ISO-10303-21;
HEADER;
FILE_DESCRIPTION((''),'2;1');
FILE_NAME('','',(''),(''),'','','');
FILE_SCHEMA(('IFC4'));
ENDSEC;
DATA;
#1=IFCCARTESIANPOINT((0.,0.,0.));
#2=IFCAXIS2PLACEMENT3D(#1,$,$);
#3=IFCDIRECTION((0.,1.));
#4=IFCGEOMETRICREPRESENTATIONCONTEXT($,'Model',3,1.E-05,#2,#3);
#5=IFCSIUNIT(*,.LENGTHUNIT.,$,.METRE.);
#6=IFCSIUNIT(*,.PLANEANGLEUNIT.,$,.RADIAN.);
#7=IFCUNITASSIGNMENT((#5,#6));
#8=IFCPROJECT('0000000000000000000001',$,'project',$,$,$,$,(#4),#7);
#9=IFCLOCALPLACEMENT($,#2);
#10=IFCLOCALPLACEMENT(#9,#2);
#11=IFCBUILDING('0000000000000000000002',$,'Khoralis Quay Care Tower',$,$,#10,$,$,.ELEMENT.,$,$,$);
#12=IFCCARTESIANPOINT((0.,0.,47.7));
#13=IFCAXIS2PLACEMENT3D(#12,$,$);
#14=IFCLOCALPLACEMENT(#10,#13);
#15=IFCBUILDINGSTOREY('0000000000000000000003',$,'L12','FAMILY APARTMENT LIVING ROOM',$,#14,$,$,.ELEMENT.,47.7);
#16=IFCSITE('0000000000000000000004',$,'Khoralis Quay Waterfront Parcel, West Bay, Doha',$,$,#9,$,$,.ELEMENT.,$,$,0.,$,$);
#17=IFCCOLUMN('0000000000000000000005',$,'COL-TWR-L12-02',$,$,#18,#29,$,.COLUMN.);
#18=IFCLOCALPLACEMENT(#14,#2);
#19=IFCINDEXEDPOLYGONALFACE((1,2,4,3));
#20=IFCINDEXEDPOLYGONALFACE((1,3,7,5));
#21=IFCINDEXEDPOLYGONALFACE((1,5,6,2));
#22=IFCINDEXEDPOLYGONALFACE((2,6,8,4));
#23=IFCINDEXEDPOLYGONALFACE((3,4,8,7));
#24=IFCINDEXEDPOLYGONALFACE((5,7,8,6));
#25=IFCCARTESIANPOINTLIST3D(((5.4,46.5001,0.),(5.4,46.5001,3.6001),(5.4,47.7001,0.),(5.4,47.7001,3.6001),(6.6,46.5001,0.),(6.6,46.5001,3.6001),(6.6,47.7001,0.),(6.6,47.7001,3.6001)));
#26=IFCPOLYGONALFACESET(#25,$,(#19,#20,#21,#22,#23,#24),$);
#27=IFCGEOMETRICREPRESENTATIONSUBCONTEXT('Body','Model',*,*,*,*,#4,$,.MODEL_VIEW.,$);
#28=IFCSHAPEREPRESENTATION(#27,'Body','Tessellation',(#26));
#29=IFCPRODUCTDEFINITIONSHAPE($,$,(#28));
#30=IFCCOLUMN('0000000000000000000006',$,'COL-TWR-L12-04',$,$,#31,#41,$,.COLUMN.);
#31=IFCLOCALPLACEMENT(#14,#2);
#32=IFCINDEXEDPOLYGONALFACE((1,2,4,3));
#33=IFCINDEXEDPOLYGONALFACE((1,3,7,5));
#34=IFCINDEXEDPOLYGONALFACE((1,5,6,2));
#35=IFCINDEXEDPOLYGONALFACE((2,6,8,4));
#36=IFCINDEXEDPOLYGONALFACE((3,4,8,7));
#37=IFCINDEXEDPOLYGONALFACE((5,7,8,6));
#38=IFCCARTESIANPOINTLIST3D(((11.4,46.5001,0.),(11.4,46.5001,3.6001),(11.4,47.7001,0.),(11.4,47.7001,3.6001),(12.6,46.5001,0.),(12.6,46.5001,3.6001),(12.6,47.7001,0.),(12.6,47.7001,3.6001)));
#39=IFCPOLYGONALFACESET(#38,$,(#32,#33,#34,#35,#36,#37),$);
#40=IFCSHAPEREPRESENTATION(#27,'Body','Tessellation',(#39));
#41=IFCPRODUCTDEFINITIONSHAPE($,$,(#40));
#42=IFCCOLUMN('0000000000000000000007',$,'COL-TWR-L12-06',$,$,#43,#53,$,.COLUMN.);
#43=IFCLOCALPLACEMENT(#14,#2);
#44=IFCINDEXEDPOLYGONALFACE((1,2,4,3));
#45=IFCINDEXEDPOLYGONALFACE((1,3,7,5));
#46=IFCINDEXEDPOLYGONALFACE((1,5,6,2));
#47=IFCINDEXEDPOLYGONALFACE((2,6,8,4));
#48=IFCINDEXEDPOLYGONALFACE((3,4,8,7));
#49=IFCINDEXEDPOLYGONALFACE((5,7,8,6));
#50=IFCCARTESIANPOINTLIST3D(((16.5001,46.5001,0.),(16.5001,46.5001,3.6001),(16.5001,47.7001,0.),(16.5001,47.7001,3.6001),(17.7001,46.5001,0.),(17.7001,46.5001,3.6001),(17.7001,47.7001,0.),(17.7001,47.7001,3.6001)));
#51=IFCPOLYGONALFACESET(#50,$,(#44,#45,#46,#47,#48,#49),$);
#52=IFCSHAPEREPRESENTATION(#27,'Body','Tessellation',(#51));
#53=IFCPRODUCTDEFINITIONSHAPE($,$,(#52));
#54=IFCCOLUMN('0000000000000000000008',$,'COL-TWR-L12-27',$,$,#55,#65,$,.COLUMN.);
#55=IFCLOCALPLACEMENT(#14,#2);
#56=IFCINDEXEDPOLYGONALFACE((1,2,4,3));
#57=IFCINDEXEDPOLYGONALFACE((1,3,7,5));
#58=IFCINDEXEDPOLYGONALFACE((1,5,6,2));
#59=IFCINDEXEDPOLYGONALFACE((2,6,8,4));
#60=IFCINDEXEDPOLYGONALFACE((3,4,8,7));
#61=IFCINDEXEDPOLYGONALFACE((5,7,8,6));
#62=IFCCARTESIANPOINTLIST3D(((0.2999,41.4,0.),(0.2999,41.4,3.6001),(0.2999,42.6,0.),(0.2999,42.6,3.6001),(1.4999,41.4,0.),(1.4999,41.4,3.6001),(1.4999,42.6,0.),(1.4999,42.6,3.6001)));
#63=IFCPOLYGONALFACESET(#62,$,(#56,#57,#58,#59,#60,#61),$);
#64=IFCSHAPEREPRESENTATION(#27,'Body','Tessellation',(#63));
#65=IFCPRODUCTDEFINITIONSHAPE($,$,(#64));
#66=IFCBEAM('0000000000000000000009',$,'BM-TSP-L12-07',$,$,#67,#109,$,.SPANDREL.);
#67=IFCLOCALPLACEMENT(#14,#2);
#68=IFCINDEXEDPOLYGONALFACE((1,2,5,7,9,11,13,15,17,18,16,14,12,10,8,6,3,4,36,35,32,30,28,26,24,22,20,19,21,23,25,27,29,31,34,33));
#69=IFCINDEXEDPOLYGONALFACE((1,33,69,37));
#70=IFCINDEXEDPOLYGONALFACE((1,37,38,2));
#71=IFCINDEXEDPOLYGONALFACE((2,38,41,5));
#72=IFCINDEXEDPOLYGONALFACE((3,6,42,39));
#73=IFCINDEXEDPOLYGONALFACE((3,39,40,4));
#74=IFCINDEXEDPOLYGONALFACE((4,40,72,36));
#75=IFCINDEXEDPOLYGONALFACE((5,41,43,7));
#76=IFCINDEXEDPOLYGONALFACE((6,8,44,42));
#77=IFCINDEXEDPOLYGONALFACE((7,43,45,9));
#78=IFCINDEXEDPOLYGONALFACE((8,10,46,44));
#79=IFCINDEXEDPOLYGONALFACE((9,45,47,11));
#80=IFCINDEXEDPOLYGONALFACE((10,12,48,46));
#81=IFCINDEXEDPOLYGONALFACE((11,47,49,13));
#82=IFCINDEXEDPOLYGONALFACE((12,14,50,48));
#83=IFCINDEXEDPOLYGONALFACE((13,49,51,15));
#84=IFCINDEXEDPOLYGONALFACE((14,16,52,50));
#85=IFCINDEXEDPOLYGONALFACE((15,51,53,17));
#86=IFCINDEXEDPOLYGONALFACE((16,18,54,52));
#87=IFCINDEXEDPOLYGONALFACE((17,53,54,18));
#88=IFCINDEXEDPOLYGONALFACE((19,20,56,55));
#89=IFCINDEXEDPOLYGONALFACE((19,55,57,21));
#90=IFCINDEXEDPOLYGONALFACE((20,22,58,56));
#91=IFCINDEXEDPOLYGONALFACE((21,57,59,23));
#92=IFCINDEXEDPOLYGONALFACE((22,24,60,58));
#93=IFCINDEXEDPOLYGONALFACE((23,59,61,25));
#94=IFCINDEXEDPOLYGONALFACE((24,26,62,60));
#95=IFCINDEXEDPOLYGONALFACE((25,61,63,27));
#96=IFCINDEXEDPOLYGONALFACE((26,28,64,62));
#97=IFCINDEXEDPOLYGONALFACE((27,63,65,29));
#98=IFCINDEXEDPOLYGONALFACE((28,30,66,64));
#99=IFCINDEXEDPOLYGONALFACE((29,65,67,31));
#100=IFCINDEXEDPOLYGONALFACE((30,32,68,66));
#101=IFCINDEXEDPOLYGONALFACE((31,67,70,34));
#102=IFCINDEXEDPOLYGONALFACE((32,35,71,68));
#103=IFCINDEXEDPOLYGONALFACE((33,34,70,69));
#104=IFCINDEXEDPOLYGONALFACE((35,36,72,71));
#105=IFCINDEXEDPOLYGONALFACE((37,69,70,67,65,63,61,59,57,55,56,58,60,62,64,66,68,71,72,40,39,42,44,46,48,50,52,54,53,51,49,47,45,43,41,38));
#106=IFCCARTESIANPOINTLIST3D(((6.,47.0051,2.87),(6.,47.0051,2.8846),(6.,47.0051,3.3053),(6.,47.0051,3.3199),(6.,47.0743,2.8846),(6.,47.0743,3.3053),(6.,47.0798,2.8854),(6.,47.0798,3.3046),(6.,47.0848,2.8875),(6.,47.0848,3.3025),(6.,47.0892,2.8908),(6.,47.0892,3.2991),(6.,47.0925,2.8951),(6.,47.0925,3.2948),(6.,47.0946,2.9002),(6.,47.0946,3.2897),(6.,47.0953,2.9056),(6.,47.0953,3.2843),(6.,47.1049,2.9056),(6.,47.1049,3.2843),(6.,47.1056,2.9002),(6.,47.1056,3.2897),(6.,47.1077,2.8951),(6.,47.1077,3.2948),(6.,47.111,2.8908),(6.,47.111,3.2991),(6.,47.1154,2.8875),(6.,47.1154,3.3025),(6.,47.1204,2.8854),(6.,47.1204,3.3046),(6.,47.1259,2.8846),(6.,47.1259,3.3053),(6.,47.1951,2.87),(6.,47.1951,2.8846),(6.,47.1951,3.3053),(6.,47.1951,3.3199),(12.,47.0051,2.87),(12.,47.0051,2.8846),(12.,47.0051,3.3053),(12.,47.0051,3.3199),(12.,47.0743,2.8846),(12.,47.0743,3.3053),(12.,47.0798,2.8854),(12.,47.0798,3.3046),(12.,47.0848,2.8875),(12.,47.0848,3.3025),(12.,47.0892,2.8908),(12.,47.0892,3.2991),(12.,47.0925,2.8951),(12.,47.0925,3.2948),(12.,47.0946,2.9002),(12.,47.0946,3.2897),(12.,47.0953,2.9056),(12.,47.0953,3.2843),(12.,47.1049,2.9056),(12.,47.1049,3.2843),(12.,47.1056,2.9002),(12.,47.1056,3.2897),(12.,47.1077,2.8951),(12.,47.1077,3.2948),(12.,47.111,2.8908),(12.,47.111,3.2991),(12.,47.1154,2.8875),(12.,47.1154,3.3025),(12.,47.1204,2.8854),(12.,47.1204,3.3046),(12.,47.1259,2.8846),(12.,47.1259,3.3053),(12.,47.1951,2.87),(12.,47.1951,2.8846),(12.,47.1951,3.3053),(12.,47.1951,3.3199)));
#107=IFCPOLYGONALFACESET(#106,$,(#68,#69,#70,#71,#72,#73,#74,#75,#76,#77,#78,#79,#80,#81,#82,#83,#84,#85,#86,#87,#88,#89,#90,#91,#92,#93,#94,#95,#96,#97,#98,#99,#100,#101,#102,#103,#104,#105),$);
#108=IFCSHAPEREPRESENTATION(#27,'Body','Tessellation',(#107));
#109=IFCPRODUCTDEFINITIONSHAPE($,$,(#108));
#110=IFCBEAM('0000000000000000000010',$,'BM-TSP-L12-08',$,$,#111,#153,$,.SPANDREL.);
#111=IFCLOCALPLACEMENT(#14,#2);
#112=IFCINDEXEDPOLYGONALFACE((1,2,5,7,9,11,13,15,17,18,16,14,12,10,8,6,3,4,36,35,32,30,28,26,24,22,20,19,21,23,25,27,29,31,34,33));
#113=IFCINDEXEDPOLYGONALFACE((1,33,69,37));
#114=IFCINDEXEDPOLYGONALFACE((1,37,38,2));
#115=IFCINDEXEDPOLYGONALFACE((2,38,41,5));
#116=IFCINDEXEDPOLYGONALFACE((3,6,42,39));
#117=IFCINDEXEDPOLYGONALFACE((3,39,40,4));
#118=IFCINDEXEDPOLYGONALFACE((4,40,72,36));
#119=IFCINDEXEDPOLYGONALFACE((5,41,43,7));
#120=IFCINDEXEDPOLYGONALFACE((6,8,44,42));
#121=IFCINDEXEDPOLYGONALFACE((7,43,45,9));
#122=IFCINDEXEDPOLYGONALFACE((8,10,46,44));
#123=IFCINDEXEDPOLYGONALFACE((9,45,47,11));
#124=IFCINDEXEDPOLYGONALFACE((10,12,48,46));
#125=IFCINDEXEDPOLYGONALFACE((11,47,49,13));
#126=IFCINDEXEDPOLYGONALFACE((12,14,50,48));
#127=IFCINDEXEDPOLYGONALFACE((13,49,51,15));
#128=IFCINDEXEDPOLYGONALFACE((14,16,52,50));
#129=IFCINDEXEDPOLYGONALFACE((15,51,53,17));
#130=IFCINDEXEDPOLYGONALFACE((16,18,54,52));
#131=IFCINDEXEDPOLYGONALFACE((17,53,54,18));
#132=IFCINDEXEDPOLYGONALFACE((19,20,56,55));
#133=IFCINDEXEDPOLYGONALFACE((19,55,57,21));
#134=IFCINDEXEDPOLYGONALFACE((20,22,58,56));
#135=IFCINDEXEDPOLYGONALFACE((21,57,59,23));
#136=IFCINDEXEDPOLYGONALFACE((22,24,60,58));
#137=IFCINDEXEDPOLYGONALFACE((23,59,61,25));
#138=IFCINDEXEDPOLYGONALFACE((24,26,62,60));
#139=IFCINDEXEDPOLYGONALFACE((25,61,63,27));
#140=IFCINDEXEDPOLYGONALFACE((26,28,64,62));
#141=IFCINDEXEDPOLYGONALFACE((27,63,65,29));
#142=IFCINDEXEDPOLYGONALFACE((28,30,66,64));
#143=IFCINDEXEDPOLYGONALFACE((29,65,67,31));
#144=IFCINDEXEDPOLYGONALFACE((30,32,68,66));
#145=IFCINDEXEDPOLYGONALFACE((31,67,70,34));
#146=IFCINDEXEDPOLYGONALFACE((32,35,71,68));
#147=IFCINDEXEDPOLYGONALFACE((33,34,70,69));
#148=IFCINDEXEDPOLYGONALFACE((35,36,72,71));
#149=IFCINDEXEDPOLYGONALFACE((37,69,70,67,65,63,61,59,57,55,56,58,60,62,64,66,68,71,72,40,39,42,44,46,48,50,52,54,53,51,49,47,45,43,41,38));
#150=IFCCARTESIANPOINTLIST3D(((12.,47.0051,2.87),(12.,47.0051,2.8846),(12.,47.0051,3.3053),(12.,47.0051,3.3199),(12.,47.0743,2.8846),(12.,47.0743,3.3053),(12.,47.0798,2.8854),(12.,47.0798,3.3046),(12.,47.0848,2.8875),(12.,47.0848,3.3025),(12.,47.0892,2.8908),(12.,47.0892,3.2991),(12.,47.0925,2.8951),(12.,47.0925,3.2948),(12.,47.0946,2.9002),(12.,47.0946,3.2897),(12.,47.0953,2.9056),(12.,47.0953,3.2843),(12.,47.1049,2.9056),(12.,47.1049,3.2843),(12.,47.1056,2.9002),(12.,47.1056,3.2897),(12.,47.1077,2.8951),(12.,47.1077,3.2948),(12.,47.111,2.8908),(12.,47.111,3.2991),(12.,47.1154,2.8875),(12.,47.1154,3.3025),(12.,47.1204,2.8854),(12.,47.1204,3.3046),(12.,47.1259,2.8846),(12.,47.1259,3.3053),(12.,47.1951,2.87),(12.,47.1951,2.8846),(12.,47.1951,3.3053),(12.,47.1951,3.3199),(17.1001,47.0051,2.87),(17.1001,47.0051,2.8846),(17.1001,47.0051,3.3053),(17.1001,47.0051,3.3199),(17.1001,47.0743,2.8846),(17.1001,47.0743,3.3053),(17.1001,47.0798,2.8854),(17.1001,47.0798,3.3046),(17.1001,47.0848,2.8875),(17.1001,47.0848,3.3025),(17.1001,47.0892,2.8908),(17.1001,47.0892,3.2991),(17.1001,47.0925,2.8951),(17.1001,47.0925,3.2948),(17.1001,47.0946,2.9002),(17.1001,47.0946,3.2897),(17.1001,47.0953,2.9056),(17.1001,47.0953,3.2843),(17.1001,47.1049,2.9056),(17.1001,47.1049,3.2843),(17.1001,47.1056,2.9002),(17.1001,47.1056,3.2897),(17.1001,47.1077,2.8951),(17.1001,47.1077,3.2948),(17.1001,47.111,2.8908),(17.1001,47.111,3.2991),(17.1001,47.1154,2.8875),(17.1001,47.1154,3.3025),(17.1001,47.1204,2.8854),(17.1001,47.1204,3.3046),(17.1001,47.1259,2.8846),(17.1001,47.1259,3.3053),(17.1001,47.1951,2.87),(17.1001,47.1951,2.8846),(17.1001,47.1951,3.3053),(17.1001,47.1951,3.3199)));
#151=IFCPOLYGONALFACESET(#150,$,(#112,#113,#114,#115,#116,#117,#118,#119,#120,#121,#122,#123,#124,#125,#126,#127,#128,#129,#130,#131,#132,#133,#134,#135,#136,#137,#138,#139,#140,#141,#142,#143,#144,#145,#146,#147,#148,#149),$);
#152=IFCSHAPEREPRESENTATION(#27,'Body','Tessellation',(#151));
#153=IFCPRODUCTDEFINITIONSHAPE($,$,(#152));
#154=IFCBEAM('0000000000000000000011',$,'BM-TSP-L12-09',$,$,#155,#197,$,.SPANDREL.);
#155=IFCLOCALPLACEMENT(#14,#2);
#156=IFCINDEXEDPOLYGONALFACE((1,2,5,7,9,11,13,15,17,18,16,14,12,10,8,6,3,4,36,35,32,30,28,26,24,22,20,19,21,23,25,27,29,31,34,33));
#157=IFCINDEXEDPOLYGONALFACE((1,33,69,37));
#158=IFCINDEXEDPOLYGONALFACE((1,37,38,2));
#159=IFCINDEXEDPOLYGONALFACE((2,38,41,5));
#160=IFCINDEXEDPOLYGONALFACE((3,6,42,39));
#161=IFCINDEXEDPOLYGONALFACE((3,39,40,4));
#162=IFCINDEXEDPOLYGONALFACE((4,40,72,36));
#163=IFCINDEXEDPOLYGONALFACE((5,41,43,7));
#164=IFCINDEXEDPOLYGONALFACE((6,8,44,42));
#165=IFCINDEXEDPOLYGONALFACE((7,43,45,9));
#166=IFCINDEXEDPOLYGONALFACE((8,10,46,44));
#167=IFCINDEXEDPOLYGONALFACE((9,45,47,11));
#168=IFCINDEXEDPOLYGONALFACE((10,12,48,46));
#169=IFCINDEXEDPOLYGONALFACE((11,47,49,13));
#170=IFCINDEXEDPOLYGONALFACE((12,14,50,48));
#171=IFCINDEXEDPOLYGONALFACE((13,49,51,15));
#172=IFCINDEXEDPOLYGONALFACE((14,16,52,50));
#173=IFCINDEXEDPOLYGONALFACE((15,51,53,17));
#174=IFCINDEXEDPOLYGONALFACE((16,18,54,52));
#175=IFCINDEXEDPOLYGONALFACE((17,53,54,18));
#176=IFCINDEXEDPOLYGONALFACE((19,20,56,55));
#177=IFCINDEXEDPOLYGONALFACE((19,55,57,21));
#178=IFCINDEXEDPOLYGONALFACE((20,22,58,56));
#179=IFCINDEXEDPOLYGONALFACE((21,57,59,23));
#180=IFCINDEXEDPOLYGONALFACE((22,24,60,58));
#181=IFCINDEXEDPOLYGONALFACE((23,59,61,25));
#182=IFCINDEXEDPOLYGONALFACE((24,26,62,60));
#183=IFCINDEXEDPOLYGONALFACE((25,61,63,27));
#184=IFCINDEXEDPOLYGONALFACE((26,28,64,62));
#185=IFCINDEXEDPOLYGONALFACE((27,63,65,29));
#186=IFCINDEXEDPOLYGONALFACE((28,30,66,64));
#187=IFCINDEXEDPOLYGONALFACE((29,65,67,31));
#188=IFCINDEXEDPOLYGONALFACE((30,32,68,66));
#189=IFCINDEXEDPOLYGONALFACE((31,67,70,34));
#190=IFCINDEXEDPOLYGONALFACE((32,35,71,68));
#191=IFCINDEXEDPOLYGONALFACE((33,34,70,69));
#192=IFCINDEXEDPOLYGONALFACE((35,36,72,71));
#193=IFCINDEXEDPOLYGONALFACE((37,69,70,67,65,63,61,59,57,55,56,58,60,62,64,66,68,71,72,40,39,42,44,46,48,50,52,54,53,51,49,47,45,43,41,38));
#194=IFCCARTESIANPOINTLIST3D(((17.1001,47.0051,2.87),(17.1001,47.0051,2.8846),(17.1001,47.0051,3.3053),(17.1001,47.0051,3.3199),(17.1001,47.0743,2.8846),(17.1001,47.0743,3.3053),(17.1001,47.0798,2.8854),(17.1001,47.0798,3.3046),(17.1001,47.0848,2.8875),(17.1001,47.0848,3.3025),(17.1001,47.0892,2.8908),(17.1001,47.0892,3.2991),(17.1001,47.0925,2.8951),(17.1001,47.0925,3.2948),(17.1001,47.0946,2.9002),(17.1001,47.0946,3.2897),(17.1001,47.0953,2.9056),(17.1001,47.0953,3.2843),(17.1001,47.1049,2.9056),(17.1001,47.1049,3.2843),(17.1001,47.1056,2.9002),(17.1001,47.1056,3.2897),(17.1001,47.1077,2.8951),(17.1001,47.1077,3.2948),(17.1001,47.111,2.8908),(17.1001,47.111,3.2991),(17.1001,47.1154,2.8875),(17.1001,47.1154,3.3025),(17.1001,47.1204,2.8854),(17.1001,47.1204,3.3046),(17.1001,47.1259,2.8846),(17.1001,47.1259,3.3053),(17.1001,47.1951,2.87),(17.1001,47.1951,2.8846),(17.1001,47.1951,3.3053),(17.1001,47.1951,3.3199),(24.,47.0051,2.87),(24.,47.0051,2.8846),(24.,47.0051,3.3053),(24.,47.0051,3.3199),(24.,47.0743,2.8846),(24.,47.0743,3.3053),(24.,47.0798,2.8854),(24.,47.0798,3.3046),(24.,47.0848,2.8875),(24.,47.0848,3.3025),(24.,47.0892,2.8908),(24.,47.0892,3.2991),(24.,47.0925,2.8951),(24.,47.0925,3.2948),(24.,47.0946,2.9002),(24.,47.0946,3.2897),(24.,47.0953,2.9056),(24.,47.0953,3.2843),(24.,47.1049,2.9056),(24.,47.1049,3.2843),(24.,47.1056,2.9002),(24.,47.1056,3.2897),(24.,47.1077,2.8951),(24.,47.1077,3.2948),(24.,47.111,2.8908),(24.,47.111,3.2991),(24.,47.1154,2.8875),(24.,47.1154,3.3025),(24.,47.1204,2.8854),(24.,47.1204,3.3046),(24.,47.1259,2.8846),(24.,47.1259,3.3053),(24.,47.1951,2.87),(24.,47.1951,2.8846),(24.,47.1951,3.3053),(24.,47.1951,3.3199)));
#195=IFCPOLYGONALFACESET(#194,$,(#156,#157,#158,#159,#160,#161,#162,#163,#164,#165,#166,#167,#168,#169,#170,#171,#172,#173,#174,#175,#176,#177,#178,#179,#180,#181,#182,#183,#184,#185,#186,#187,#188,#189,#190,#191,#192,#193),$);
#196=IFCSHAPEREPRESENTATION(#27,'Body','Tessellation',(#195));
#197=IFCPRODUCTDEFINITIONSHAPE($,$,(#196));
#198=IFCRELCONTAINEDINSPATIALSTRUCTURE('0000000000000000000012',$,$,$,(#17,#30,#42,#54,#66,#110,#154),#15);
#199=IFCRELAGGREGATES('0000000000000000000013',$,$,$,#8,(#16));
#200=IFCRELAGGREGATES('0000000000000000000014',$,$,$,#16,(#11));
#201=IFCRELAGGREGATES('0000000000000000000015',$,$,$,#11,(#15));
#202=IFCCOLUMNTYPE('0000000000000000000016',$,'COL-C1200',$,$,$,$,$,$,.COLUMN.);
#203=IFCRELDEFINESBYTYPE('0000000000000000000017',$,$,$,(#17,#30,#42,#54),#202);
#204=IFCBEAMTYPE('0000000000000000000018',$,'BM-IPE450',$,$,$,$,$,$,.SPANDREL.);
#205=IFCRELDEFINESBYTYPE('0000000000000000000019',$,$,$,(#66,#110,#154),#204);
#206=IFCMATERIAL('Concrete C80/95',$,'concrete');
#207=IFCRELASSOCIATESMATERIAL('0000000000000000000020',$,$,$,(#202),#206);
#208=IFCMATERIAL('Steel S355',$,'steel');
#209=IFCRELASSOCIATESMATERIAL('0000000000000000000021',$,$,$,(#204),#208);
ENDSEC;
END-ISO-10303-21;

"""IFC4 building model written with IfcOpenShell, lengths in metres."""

from ifc_helpers import new_model, si_unit, direction, frame, origin, origin_2d, place, context, subcontext, project, spatial, rectangle, i_section, extrude, source, transform, mapped, material, material_profile, profile_set, type_object, element, save


model = new_model("IFC4")

# Units and contexts
model_context = context("Model", 3, precision=1e-05, world=origin(), true_north=direction((0.0, 1.0)))
body_context = subcontext(model_context, "Body", "Model", "MODEL_VIEW")
ifc_project = project(units=[si_unit("LENGTHUNIT", "METRE"), si_unit("PLANEANGLEUNIT", "RADIAN")], contexts=[model_context])

# Site, building, storey
site_placement = place(None, origin())
site = spatial("IfcSite", under=ifc_project, at=site_placement, Name="Khoralis Quay Waterfront Parcel, West Bay, Doha", CompositionType="ELEMENT", RefElevation=0.0)
building_placement = place(site_placement, origin())
building = spatial("IfcBuilding", under=site, at=building_placement, Name="Khoralis Quay Care Tower", CompositionType="ELEMENT")
storey_placement = place(building_placement, frame((0.0, 0.0, 47.7)))
storey = spatial("IfcBuildingStorey", under=building, at=storey_placement, Name="L12", Description="FAMILY APARTMENT LIVING ROOM", CompositionType="ELEMENT", Elevation=47.7)

# Columns
ifc_material_1 = material(Name="Concrete C80/95", Category="concrete")
ifc_material_profile_1 = material_profile(ifc_material_1, rectangle(XDim=1.2, YDim=1.2, at=origin_2d()), Name="Concrete C80/95")
ifc_profile_set_1 = profile_set([ifc_material_profile_1], Name="Concrete C80/95")
column_type = type_object("IfcColumnType", Name="COL-C1200", PredefinedType="COLUMN", material=ifc_profile_set_1)
shared_shape_1 = source(origin(), body_context, "Body", "SweptSolid", [
    extrude(rectangle(XDim=1.2, YDim=1.2, at=origin_2d()), origin(), (0.0, 0.0, 1.0), 3.6001),
])
for number, where, z_axis, x_axis, name in (
    (1, (6.0, 47.1001, 0.0), (0.0, 0.0, 1.0), (1.0, 0.0, 0.0), "COL-TWR-L12-02"),
    (2, (12.0, 47.1001, 0.0), (0.0, 0.0, 1.0), (1.0, 0.0, 0.0), "COL-TWR-L12-04"),
    (3, (17.1001, 47.1001, 0.0), (0.0, 0.0, 1.0), (1.0, 0.0, 0.0), "COL-TWR-L12-06"),
    (4, (0.8999, 42.0, 0.0), (0.0, 0.0, 1.0), (1.0, 0.0, 0.0), "COL-TWR-L12-27"),
):
    element("IfcColumn", number, at=place(storey_placement, frame(where, z_axis=z_axis, x_axis=x_axis)), inside=storey, type_object=column_type, Name=name, PredefinedType="COLUMN", context=body_context, shape_type="MappedRepresentation", body=[
        mapped(shared_shape_1, transform((0.0, 0.0, 0.0), scale=1.0)),
    ])

# Beams
ifc_material_2 = material(Name="Steel S355", Category="steel")
ifc_material_profile_2 = material_profile(ifc_material_2, i_section(OverallWidth=0.1899, OverallDepth=0.45, WebThickness=0.0095, FlangeThickness=0.0146, FilletRadius=0.021, at=origin_2d()), Name="Steel S355")
ifc_profile_set_2 = profile_set([ifc_material_profile_2], Name="Steel S355")
beam_type_1 = type_object("IfcBeamType", Name="BM-IPE450", PredefinedType="SPANDREL", material=ifc_profile_set_2)
shared_shape_2 = source(origin(), body_context, "Body", "SweptSolid", [
    extrude(i_section(OverallWidth=0.1899, OverallDepth=0.45, WebThickness=0.0095, FlangeThickness=0.0146, FilletRadius=0.021, at=origin_2d()), origin(), (0.0, 0.0, 1.0), 6.0),
])
beam_1_placement = place(storey_placement, frame((6.0, 47.1001, 3.095), z_axis=(1.0, 0.0, 0.0), x_axis=(0.0, 1.0, 0.0)))
element("IfcBeam", 5, at=beam_1_placement, inside=storey, type_object=beam_type_1, Name="BM-TSP-L12-07", PredefinedType="SPANDREL", context=body_context, shape_type="MappedRepresentation", body=[
    mapped(shared_shape_2, transform((0.0, 0.0, 0.0), scale=1.0)),
])
shared_shape_3 = source(origin(), body_context, "Body", "SweptSolid", [
    extrude(i_section(OverallWidth=0.1899, OverallDepth=0.45, WebThickness=0.0095, FlangeThickness=0.0146, FilletRadius=0.021, at=origin_2d()), origin(), (0.0, 0.0, 1.0), 5.1001),
])
beam_2_placement = place(storey_placement, frame((12.0, 47.1001, 3.095), z_axis=(1.0, 0.0, 0.0), x_axis=(0.0, 1.0, 0.0)))
element("IfcBeam", 6, at=beam_2_placement, inside=storey, type_object=beam_type_1, Name="BM-TSP-L12-08", PredefinedType="SPANDREL", context=body_context, shape_type="MappedRepresentation", body=[
    mapped(shared_shape_3, transform((0.0, 0.0, 0.0), scale=1.0)),
])
shared_shape_4 = source(origin(), body_context, "Body", "SweptSolid", [
    extrude(i_section(OverallWidth=0.1899, OverallDepth=0.45, WebThickness=0.0095, FlangeThickness=0.0146, FilletRadius=0.021, at=origin_2d()), origin(), (0.0, 0.0, 1.0), 6.8999),
])
beam_3_placement = place(storey_placement, frame((17.1001, 47.1001, 3.095), z_axis=(1.0, 0.0, 0.0), x_axis=(0.0, 1.0, 0.0)))
element("IfcBeam", 7, at=beam_3_placement, inside=storey, type_object=beam_type_1, Name="BM-TSP-L12-09", PredefinedType="SPANDREL", context=body_context, shape_type="MappedRepresentation", body=[
    mapped(shared_shape_4, transform((0.0, 0.0, 0.0), scale=1.0)),
])

save(model, "model.ifc")
